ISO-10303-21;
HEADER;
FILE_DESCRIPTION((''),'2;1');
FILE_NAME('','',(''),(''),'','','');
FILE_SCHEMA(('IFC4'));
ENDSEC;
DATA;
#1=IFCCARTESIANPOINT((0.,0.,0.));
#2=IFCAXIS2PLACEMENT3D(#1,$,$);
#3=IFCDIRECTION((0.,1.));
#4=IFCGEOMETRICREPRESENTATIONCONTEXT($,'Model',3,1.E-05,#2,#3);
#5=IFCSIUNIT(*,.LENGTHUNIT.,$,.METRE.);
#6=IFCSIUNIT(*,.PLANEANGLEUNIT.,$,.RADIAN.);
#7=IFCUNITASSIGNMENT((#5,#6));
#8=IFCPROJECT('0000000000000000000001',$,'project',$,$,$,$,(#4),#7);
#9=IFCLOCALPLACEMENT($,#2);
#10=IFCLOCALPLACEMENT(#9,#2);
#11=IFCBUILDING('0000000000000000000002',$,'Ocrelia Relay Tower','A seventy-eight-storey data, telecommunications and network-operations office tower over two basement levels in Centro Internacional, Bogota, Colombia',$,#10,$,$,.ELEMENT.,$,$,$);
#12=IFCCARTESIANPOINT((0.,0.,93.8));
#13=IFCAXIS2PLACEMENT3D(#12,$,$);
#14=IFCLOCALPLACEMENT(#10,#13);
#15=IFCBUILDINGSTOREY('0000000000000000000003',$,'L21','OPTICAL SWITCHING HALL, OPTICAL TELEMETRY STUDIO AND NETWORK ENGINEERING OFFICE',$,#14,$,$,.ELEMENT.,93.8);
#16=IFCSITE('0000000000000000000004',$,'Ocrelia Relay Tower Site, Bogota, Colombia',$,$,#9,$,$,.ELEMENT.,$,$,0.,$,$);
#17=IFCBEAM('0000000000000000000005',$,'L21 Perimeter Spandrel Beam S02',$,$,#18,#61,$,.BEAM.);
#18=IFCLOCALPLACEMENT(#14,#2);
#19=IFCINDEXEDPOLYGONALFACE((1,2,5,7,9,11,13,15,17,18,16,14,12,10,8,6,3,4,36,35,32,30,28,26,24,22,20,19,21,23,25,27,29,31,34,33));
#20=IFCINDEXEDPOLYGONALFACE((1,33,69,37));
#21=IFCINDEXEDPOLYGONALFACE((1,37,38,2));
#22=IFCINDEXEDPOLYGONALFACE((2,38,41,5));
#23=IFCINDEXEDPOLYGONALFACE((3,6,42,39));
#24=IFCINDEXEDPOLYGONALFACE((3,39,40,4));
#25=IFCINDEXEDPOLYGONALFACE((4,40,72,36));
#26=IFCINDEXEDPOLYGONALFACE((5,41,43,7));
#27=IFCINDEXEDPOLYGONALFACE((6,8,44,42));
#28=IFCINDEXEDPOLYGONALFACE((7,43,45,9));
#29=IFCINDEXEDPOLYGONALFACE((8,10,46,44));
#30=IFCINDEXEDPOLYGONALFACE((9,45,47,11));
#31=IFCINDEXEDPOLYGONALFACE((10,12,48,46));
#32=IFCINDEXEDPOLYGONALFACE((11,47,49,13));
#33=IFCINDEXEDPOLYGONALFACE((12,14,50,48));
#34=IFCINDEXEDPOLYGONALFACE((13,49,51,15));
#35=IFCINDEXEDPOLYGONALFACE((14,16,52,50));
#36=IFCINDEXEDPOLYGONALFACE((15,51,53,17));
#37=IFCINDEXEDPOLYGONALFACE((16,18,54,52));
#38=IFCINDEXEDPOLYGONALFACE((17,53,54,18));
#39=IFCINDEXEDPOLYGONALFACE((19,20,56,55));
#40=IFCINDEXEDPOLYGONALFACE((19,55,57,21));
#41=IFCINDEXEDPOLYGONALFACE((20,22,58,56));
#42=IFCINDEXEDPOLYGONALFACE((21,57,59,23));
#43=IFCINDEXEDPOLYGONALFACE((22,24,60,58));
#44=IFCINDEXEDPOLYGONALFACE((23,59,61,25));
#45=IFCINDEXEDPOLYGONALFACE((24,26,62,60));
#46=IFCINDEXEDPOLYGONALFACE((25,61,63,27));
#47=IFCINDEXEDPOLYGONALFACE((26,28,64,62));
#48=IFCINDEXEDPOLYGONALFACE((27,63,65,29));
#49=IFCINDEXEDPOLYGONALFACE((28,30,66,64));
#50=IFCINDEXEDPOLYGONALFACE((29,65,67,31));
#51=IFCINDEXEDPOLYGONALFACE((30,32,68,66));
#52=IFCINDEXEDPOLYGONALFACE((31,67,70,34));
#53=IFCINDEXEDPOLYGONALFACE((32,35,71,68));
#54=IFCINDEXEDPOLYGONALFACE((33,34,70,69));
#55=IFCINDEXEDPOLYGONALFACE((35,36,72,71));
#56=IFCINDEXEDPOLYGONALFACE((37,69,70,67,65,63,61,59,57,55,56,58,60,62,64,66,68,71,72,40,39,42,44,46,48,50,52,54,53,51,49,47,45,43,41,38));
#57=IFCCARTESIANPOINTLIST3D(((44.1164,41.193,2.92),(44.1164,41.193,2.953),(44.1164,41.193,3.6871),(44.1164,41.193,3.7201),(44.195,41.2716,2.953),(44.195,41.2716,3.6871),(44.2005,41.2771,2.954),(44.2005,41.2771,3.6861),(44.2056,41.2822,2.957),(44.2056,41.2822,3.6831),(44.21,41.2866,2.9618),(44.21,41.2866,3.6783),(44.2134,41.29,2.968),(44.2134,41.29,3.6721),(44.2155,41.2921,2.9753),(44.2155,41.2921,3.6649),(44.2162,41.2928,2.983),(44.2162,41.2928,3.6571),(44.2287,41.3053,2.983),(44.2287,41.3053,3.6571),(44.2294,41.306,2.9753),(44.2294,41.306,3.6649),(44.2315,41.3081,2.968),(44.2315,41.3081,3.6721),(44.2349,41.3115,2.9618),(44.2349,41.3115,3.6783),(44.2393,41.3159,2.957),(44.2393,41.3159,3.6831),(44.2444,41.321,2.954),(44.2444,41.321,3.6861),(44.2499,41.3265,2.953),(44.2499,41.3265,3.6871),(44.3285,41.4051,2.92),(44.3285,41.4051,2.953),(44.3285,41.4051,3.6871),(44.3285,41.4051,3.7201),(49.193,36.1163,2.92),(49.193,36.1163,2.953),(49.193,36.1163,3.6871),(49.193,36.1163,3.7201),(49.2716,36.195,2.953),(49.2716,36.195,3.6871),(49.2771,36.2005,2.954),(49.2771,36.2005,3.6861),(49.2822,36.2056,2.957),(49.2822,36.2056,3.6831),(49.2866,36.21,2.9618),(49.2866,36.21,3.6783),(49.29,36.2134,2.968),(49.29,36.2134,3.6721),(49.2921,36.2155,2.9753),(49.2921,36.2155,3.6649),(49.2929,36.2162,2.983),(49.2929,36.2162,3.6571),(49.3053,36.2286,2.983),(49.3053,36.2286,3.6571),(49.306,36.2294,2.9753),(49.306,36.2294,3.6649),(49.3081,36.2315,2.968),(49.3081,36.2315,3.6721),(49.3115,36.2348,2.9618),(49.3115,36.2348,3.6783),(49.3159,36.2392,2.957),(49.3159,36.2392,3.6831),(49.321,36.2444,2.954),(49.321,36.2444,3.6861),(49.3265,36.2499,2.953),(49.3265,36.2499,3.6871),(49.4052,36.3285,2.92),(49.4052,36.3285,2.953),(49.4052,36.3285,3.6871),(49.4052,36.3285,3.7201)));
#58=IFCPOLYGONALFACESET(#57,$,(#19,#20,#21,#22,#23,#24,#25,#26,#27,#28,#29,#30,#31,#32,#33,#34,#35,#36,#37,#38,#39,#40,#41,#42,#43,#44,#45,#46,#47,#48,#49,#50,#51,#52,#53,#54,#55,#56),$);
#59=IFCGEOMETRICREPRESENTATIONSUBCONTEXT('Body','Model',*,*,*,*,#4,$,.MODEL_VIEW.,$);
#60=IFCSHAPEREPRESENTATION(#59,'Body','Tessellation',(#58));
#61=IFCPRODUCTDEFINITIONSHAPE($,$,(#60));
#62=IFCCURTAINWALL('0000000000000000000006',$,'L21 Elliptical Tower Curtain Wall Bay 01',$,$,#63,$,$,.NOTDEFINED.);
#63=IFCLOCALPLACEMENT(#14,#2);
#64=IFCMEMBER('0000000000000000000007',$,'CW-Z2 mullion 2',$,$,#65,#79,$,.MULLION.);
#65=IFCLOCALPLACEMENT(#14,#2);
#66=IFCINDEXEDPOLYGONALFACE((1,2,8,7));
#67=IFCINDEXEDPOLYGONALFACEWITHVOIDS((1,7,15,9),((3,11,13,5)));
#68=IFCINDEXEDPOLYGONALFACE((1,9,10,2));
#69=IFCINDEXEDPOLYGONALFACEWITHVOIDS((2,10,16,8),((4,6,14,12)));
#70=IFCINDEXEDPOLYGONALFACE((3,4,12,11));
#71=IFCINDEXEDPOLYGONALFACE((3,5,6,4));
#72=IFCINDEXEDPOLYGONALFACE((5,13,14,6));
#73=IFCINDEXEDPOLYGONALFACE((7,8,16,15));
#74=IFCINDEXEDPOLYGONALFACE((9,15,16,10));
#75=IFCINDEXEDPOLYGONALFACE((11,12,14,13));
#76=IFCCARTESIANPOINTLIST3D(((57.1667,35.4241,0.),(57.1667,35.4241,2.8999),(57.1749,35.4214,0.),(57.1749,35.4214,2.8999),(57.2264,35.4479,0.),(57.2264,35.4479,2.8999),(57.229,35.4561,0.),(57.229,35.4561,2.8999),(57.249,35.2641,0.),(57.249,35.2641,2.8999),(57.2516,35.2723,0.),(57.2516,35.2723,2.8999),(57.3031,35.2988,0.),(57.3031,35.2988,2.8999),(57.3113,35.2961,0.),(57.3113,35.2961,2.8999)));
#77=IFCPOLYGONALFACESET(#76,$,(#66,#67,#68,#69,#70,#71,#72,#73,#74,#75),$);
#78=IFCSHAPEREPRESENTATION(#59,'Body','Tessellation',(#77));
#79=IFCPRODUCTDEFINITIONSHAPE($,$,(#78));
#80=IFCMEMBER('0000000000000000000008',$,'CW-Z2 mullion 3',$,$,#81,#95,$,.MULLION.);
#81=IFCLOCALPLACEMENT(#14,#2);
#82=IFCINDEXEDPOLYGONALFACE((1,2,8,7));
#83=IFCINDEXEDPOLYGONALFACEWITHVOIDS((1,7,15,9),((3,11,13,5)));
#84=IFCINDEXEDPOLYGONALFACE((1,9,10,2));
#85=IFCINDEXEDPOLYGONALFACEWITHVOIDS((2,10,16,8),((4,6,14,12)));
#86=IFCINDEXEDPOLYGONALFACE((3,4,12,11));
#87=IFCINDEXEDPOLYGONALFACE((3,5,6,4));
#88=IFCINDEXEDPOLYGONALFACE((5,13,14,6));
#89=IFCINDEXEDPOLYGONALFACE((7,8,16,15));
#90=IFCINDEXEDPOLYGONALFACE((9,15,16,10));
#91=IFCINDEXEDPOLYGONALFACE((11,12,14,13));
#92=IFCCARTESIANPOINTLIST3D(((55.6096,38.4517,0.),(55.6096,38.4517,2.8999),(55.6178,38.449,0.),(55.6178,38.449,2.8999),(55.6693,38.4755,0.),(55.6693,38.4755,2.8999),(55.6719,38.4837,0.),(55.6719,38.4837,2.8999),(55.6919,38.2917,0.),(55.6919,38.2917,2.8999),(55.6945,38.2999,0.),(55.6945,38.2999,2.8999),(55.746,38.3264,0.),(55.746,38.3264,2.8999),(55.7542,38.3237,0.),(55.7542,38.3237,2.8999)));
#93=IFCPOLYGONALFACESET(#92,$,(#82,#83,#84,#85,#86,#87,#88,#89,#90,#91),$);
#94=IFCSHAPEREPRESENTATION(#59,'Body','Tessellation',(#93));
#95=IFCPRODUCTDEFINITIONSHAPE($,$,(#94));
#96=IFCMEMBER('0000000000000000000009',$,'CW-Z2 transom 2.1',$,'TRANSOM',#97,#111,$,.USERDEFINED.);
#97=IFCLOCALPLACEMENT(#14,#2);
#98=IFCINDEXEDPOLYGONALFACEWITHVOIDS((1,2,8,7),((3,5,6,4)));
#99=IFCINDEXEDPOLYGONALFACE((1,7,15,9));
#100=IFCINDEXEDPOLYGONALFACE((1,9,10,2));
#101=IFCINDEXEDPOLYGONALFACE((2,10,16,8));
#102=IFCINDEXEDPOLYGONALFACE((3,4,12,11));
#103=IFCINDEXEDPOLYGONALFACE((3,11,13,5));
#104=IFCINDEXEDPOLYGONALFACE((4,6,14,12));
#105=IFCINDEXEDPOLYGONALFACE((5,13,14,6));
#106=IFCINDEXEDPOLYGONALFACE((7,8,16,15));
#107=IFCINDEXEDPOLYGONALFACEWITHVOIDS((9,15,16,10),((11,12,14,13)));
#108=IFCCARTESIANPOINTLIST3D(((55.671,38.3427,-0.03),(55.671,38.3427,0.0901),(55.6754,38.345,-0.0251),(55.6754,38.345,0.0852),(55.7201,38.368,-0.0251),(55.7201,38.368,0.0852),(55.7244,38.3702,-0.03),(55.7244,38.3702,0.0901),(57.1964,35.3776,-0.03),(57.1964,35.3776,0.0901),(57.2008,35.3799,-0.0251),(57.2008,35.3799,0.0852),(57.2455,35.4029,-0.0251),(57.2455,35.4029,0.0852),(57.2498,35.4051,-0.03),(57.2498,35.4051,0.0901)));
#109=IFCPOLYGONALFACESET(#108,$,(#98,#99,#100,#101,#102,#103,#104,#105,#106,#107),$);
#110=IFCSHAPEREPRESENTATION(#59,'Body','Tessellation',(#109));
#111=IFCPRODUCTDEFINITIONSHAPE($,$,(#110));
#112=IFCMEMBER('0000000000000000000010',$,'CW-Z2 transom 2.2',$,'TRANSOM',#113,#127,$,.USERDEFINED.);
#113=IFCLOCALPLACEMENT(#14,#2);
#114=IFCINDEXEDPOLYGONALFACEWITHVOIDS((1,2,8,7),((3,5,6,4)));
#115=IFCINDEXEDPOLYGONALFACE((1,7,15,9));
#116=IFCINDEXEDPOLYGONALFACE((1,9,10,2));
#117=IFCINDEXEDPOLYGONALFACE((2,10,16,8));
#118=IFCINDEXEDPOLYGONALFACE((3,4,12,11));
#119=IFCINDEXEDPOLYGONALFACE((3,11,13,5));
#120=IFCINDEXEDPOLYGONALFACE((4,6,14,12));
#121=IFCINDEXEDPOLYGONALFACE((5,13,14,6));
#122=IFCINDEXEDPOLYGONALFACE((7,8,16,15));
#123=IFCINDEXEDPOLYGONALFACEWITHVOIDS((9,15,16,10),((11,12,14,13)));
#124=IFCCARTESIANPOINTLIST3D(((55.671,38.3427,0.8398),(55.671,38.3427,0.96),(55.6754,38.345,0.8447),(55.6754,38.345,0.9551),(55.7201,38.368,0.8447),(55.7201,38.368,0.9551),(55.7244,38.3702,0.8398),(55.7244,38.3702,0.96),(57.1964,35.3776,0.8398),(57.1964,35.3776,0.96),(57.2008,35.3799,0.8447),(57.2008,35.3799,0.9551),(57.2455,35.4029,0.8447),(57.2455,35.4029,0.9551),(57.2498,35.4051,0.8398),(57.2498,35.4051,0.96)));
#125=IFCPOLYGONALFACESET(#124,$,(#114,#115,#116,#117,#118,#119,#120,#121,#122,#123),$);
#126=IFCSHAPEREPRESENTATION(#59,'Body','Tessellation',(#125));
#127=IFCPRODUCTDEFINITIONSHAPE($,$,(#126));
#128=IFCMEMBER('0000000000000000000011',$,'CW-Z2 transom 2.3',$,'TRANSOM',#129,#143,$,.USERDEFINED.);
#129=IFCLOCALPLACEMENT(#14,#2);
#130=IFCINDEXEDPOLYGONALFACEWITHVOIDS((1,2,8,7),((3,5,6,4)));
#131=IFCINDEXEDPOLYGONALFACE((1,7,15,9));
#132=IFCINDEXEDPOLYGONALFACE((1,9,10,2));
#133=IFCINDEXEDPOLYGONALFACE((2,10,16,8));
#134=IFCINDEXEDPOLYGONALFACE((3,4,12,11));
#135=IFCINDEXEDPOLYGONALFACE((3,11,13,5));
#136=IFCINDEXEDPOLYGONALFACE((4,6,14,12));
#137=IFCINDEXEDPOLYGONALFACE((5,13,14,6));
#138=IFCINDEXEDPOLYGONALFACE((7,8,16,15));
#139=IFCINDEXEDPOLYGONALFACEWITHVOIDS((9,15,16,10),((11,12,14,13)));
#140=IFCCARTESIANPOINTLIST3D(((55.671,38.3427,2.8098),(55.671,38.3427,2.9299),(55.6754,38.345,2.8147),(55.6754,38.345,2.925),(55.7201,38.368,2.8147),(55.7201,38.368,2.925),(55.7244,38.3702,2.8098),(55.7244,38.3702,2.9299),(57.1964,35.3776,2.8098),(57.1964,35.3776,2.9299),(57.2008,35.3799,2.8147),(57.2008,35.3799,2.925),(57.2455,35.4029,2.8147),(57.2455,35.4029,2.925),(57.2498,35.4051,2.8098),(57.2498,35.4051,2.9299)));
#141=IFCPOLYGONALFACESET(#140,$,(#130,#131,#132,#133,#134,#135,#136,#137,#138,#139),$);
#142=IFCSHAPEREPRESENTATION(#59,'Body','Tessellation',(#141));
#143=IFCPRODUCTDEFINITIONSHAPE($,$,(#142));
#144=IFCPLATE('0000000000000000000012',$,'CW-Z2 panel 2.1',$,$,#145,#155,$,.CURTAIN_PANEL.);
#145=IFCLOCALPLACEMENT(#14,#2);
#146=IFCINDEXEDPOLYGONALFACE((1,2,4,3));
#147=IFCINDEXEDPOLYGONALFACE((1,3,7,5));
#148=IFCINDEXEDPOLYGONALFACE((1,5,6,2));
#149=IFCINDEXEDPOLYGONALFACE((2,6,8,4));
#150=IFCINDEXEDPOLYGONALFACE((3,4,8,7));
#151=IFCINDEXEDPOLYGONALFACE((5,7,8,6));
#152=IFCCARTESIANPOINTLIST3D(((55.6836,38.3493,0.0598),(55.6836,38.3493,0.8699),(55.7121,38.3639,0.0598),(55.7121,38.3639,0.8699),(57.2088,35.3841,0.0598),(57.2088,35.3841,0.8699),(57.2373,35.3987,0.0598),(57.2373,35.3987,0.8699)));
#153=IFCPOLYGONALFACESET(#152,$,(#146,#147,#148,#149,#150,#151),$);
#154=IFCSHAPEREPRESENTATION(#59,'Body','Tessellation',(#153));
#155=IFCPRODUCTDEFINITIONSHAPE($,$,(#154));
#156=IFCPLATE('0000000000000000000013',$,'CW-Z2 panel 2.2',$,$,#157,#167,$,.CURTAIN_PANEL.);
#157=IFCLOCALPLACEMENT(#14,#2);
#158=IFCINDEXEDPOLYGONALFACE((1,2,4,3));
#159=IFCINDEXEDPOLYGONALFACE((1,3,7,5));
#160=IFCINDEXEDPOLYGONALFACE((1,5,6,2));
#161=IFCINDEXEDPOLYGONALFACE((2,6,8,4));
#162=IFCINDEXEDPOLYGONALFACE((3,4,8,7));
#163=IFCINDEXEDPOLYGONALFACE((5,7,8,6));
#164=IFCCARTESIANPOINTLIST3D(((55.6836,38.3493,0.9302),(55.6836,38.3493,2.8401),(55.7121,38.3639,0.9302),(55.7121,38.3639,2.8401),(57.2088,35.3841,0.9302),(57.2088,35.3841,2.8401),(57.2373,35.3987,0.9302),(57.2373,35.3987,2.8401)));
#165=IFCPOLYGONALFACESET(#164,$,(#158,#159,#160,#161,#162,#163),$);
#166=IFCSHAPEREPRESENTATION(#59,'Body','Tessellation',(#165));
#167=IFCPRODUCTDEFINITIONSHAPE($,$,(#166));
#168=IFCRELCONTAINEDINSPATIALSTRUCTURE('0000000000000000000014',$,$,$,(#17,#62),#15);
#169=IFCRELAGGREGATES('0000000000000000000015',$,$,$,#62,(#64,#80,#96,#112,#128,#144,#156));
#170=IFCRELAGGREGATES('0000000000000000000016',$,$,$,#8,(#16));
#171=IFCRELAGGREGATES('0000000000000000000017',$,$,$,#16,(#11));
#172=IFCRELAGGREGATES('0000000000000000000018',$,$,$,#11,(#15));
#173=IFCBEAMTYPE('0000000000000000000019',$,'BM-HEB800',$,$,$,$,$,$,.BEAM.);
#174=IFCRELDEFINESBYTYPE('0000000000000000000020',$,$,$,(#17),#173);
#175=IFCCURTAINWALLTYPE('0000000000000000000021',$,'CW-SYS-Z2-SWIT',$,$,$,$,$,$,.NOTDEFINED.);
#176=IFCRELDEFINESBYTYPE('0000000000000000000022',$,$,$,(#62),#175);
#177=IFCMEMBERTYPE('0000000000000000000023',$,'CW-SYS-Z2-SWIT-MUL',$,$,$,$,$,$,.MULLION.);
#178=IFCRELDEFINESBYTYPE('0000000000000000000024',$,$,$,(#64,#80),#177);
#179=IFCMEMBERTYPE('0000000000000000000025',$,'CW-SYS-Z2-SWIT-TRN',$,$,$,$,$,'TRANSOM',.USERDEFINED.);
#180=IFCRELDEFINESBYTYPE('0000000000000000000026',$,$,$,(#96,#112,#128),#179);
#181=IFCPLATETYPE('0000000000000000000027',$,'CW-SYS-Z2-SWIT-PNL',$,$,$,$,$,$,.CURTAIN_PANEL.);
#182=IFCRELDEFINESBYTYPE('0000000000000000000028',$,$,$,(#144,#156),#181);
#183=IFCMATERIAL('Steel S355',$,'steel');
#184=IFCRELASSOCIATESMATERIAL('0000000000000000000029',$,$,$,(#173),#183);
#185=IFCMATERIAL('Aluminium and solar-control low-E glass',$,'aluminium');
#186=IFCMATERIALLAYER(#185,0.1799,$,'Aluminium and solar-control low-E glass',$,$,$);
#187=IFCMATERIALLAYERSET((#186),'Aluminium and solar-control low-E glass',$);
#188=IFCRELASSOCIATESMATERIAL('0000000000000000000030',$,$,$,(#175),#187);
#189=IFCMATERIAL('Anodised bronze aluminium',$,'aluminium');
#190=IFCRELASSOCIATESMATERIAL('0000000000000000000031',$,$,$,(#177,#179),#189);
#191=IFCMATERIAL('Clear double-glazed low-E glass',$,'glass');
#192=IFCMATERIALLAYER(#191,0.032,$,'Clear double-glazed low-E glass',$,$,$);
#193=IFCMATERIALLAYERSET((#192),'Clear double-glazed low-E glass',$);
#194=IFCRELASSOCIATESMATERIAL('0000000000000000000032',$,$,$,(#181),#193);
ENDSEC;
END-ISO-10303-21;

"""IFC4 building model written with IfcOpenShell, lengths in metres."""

from ifc_helpers import new_model, si_unit, direction, frame, origin, origin_2d, place, context, subcontext, project, spatial, rectangle, hollow_rectangle, i_section, extrude, material, layer, layer_set, material_profile, profile_set, type_object, element, aggregate, save


model = new_model("IFC4")

# Units and contexts
model_context = context("Model", 3, precision=1e-05, world=origin(), true_north=direction((0.0, 1.0)))
body_context = subcontext(model_context, "Body", "Model", "MODEL_VIEW")
ifc_project = project(units=[si_unit("LENGTHUNIT", "METRE"), si_unit("PLANEANGLEUNIT", "RADIAN")], contexts=[model_context])

# Site, building, storey
site_placement = place(None, origin())
site = spatial("IfcSite", under=ifc_project, at=site_placement, Name="Ocrelia Relay Tower Site, Bogota, Colombia", CompositionType="ELEMENT", RefElevation=0.0)
building_placement = place(site_placement, origin())
building = spatial("IfcBuilding", under=site, at=building_placement, Name="Ocrelia Relay Tower", Description="A seventy-eight-storey data, telecommunications and network-operations office tower over two basement levels in Centro Internacional, Bogota, Colombia", CompositionType="ELEMENT")
storey_placement = place(building_placement, frame((0.0, 0.0, 93.8)))
storey = spatial("IfcBuildingStorey", under=building, at=storey_placement, Name="L21", Description="OPTICAL SWITCHING HALL, OPTICAL TELEMETRY STUDIO AND NETWORK ENGINEERING OFFICE", CompositionType="ELEMENT", Elevation=93.8)

# Beam
ifc_material_1 = material(Name="Steel S355", Category="steel")
ifc_material_profile_1 = material_profile(ifc_material_1, i_section(OverallWidth=0.3, OverallDepth=0.8, WebThickness=0.0176, FlangeThickness=0.033, FilletRadius=0.03, at=origin_2d()), Name="HEB 800")
ifc_profile_set_1 = profile_set([ifc_material_profile_1], Name="Steel S355")
beam_type_1 = type_object("IfcBeamType", Name="BM-HEB800", PredefinedType="BEAM", material=ifc_profile_set_1)
beam_1_placement = place(storey_placement, frame((49.2991, 36.2224, 3.3201), z_axis=(-0.707107, 0.707107, 0.0), x_axis=(-0.707107, -0.707107, 0.0)))
element("IfcBeam", 1, at=beam_1_placement, inside=storey, type_object=beam_type_1, Name="L21 Perimeter Spandrel Beam S02", PredefinedType="BEAM", context=body_context, shape_type="SweptSolid", body=[
    extrude(i_section(OverallWidth=0.3, OverallDepth=0.8, WebThickness=0.0176, FlangeThickness=0.033, FilletRadius=0.03, at=origin_2d()), origin(), (0.0, 0.0, 1.0), 7.1794),
])

# Curtain wall, members, plates
ifc_material_2 = material(Name="Aluminium and solar-control low-E glass", Category="aluminium")
ifc_layer_1 = layer(ifc_material_2, 0.1799, Name="Aluminium and solar-control low-E glass")
ifc_layer_set_1 = layer_set([ifc_layer_1], Name="Aluminium and solar-control low-E glass")
curtain_wall_type = type_object("IfcCurtainWallType", Name="CW-SYS-Z2-SWIT", PredefinedType="NOTDEFINED", material=ifc_layer_set_1)
curtain_wall_placement = place(storey_placement, origin())
curtain_wall = element("IfcCurtainWall", 2, at=curtain_wall_placement, inside=storey, type_object=curtain_wall_type, Name="L21 Elliptical Tower Curtain Wall Bay 01", PredefinedType="NOTDEFINED")
ifc_material_3 = material(Name="Anodised bronze aluminium", Category="aluminium")
ifc_material_profile_2 = material_profile(ifc_material_3, hollow_rectangle(XDim=0.0701, YDim=0.1799, WallThickness=0.0061, at=origin_2d()), Name="CW-MUL-180x70")
ifc_profile_set_2 = profile_set([ifc_material_profile_2], Name="Anodised bronze aluminium")
member_type_1 = type_object("IfcMemberType", Name="CW-SYS-Z2-SWIT-MUL", PredefinedType="MULLION", material=ifc_profile_set_2)
member_1_placement = place(storey_placement, frame((57.239, 35.3601, 0.0), z_axis=(0.0, 0.0, 1.0), x_axis=(-0.889261, -0.457401, 0.0)))
member_1 = element("IfcMember", 3, at=member_1_placement, type_object=member_type_1, Name="CW-Z2 mullion 2", PredefinedType="MULLION", context=body_context, shape_type="SweptSolid", body=[
    extrude(hollow_rectangle(XDim=0.0701, YDim=0.1799, WallThickness=0.0061, at=origin_2d()), origin(), (0.0, 0.0, 1.0), 2.8999),
])
member_2_placement = place(storey_placement, frame((55.6819, 38.3877, 0.0), z_axis=(0.0, 0.0, 1.0), x_axis=(-0.889261, -0.457401, 0.0)))
member_2 = element("IfcMember", 4, at=member_2_placement, type_object=member_type_1, Name="CW-Z2 mullion 3", PredefinedType="MULLION", context=body_context, shape_type="SweptSolid", body=[
    extrude(hollow_rectangle(XDim=0.0701, YDim=0.1799, WallThickness=0.0061, at=origin_2d()), origin(), (0.0, 0.0, 1.0), 2.8999),
])
ifc_material_profile_3 = material_profile(ifc_material_3, hollow_rectangle(XDim=0.0601, YDim=0.1201, WallThickness=0.0049, at=origin_2d()), Name="CW-TRN-120x60")
ifc_profile_set_3 = profile_set([ifc_material_profile_3], Name="Anodised bronze aluminium")
member_type_2 = type_object("IfcMemberType", Name="CW-SYS-Z2-SWIT-TRN", ElementType="TRANSOM", PredefinedType="USERDEFINED", material=ifc_profile_set_3)
member_3_placement = place(storey_placement, frame((57.2231, 35.3914, 0.03), z_axis=(-0.457464, 0.889228, 0.0), x_axis=(-0.889228, -0.457464, 0.0)))
member_3 = element("IfcMember", 5, at=member_3_placement, type_object=member_type_2, Name="CW-Z2 transom 2.1", ObjectType="TRANSOM", PredefinedType="USERDEFINED", context=body_context, shape_type="SweptSolid", body=[
    extrude(hollow_rectangle(XDim=0.0601, YDim=0.1201, WallThickness=0.0049, at=origin_2d()), origin(), (0.0, 0.0, 1.0), 3.3345),
])
member_4_placement = place(storey_placement, frame((57.2231, 35.3914, 0.8999), z_axis=(-0.457464, 0.889228, 0.0), x_axis=(-0.889228, -0.457464, 0.0)))
member_4 = element("IfcMember", 6, at=member_4_placement, type_object=member_type_2, Name="CW-Z2 transom 2.2", ObjectType="TRANSOM", PredefinedType="USERDEFINED", context=body_context, shape_type="SweptSolid", body=[
    extrude(hollow_rectangle(XDim=0.0601, YDim=0.1201, WallThickness=0.0049, at=origin_2d()), origin(), (0.0, 0.0, 1.0), 3.3345),
])
member_5_placement = place(storey_placement, frame((57.2231, 35.3914, 2.8699), z_axis=(-0.457464, 0.889228, 0.0), x_axis=(-0.889228, -0.457464, 0.0)))
member_5 = element("IfcMember", 7, at=member_5_placement, type_object=member_type_2, Name="CW-Z2 transom 2.3", ObjectType="TRANSOM", PredefinedType="USERDEFINED", context=body_context, shape_type="SweptSolid", body=[
    extrude(hollow_rectangle(XDim=0.0601, YDim=0.1201, WallThickness=0.0049, at=origin_2d()), origin(), (0.0, 0.0, 1.0), 3.3345),
])
ifc_material_4 = material(Name="Clear double-glazed low-E glass", Category="glass")
ifc_layer_2 = layer(ifc_material_4, 0.032, Name="Clear double-glazed low-E glass")
ifc_layer_set_2 = layer_set([ifc_layer_2], Name="Clear double-glazed low-E glass")
plate_type = type_object("IfcPlateType", Name="CW-SYS-Z2-SWIT-PNL", PredefinedType="CURTAIN_PANEL", material=ifc_layer_set_2)
plate_1_placement = place(storey_placement, frame((56.4604, 36.874, 0.0598), z_axis=(0.0, 0.0, 1.0), x_axis=(-0.457401, 0.889261, 0.0)))
plate_1 = element("IfcPlate", 8, at=plate_1_placement, type_object=plate_type, Name="CW-Z2 panel 2.1", PredefinedType="CURTAIN_PANEL", context=body_context, shape_type="SweptSolid", body=[
    extrude(rectangle(XDim=3.3345, YDim=0.032, at=origin_2d()), origin(), (0.0, 0.0, 1.0), 0.8101),
])
plate_2_placement = place(storey_placement, frame((56.4604, 36.874, 0.9302), z_axis=(0.0, 0.0, 1.0), x_axis=(-0.457401, 0.889261, 0.0)))
plate_2 = element("IfcPlate", 9, at=plate_2_placement, type_object=plate_type, Name="CW-Z2 panel 2.2", PredefinedType="CURTAIN_PANEL", context=body_context, shape_type="SweptSolid", body=[
    extrude(rectangle(XDim=3.3345, YDim=0.032, at=origin_2d()), origin(), (0.0, 0.0, 1.0), 1.9099),
])
aggregate(curtain_wall, [member_1, member_2, member_3, member_4, member_5, plate_1, plate_2])

save(model, "model.ifc")
